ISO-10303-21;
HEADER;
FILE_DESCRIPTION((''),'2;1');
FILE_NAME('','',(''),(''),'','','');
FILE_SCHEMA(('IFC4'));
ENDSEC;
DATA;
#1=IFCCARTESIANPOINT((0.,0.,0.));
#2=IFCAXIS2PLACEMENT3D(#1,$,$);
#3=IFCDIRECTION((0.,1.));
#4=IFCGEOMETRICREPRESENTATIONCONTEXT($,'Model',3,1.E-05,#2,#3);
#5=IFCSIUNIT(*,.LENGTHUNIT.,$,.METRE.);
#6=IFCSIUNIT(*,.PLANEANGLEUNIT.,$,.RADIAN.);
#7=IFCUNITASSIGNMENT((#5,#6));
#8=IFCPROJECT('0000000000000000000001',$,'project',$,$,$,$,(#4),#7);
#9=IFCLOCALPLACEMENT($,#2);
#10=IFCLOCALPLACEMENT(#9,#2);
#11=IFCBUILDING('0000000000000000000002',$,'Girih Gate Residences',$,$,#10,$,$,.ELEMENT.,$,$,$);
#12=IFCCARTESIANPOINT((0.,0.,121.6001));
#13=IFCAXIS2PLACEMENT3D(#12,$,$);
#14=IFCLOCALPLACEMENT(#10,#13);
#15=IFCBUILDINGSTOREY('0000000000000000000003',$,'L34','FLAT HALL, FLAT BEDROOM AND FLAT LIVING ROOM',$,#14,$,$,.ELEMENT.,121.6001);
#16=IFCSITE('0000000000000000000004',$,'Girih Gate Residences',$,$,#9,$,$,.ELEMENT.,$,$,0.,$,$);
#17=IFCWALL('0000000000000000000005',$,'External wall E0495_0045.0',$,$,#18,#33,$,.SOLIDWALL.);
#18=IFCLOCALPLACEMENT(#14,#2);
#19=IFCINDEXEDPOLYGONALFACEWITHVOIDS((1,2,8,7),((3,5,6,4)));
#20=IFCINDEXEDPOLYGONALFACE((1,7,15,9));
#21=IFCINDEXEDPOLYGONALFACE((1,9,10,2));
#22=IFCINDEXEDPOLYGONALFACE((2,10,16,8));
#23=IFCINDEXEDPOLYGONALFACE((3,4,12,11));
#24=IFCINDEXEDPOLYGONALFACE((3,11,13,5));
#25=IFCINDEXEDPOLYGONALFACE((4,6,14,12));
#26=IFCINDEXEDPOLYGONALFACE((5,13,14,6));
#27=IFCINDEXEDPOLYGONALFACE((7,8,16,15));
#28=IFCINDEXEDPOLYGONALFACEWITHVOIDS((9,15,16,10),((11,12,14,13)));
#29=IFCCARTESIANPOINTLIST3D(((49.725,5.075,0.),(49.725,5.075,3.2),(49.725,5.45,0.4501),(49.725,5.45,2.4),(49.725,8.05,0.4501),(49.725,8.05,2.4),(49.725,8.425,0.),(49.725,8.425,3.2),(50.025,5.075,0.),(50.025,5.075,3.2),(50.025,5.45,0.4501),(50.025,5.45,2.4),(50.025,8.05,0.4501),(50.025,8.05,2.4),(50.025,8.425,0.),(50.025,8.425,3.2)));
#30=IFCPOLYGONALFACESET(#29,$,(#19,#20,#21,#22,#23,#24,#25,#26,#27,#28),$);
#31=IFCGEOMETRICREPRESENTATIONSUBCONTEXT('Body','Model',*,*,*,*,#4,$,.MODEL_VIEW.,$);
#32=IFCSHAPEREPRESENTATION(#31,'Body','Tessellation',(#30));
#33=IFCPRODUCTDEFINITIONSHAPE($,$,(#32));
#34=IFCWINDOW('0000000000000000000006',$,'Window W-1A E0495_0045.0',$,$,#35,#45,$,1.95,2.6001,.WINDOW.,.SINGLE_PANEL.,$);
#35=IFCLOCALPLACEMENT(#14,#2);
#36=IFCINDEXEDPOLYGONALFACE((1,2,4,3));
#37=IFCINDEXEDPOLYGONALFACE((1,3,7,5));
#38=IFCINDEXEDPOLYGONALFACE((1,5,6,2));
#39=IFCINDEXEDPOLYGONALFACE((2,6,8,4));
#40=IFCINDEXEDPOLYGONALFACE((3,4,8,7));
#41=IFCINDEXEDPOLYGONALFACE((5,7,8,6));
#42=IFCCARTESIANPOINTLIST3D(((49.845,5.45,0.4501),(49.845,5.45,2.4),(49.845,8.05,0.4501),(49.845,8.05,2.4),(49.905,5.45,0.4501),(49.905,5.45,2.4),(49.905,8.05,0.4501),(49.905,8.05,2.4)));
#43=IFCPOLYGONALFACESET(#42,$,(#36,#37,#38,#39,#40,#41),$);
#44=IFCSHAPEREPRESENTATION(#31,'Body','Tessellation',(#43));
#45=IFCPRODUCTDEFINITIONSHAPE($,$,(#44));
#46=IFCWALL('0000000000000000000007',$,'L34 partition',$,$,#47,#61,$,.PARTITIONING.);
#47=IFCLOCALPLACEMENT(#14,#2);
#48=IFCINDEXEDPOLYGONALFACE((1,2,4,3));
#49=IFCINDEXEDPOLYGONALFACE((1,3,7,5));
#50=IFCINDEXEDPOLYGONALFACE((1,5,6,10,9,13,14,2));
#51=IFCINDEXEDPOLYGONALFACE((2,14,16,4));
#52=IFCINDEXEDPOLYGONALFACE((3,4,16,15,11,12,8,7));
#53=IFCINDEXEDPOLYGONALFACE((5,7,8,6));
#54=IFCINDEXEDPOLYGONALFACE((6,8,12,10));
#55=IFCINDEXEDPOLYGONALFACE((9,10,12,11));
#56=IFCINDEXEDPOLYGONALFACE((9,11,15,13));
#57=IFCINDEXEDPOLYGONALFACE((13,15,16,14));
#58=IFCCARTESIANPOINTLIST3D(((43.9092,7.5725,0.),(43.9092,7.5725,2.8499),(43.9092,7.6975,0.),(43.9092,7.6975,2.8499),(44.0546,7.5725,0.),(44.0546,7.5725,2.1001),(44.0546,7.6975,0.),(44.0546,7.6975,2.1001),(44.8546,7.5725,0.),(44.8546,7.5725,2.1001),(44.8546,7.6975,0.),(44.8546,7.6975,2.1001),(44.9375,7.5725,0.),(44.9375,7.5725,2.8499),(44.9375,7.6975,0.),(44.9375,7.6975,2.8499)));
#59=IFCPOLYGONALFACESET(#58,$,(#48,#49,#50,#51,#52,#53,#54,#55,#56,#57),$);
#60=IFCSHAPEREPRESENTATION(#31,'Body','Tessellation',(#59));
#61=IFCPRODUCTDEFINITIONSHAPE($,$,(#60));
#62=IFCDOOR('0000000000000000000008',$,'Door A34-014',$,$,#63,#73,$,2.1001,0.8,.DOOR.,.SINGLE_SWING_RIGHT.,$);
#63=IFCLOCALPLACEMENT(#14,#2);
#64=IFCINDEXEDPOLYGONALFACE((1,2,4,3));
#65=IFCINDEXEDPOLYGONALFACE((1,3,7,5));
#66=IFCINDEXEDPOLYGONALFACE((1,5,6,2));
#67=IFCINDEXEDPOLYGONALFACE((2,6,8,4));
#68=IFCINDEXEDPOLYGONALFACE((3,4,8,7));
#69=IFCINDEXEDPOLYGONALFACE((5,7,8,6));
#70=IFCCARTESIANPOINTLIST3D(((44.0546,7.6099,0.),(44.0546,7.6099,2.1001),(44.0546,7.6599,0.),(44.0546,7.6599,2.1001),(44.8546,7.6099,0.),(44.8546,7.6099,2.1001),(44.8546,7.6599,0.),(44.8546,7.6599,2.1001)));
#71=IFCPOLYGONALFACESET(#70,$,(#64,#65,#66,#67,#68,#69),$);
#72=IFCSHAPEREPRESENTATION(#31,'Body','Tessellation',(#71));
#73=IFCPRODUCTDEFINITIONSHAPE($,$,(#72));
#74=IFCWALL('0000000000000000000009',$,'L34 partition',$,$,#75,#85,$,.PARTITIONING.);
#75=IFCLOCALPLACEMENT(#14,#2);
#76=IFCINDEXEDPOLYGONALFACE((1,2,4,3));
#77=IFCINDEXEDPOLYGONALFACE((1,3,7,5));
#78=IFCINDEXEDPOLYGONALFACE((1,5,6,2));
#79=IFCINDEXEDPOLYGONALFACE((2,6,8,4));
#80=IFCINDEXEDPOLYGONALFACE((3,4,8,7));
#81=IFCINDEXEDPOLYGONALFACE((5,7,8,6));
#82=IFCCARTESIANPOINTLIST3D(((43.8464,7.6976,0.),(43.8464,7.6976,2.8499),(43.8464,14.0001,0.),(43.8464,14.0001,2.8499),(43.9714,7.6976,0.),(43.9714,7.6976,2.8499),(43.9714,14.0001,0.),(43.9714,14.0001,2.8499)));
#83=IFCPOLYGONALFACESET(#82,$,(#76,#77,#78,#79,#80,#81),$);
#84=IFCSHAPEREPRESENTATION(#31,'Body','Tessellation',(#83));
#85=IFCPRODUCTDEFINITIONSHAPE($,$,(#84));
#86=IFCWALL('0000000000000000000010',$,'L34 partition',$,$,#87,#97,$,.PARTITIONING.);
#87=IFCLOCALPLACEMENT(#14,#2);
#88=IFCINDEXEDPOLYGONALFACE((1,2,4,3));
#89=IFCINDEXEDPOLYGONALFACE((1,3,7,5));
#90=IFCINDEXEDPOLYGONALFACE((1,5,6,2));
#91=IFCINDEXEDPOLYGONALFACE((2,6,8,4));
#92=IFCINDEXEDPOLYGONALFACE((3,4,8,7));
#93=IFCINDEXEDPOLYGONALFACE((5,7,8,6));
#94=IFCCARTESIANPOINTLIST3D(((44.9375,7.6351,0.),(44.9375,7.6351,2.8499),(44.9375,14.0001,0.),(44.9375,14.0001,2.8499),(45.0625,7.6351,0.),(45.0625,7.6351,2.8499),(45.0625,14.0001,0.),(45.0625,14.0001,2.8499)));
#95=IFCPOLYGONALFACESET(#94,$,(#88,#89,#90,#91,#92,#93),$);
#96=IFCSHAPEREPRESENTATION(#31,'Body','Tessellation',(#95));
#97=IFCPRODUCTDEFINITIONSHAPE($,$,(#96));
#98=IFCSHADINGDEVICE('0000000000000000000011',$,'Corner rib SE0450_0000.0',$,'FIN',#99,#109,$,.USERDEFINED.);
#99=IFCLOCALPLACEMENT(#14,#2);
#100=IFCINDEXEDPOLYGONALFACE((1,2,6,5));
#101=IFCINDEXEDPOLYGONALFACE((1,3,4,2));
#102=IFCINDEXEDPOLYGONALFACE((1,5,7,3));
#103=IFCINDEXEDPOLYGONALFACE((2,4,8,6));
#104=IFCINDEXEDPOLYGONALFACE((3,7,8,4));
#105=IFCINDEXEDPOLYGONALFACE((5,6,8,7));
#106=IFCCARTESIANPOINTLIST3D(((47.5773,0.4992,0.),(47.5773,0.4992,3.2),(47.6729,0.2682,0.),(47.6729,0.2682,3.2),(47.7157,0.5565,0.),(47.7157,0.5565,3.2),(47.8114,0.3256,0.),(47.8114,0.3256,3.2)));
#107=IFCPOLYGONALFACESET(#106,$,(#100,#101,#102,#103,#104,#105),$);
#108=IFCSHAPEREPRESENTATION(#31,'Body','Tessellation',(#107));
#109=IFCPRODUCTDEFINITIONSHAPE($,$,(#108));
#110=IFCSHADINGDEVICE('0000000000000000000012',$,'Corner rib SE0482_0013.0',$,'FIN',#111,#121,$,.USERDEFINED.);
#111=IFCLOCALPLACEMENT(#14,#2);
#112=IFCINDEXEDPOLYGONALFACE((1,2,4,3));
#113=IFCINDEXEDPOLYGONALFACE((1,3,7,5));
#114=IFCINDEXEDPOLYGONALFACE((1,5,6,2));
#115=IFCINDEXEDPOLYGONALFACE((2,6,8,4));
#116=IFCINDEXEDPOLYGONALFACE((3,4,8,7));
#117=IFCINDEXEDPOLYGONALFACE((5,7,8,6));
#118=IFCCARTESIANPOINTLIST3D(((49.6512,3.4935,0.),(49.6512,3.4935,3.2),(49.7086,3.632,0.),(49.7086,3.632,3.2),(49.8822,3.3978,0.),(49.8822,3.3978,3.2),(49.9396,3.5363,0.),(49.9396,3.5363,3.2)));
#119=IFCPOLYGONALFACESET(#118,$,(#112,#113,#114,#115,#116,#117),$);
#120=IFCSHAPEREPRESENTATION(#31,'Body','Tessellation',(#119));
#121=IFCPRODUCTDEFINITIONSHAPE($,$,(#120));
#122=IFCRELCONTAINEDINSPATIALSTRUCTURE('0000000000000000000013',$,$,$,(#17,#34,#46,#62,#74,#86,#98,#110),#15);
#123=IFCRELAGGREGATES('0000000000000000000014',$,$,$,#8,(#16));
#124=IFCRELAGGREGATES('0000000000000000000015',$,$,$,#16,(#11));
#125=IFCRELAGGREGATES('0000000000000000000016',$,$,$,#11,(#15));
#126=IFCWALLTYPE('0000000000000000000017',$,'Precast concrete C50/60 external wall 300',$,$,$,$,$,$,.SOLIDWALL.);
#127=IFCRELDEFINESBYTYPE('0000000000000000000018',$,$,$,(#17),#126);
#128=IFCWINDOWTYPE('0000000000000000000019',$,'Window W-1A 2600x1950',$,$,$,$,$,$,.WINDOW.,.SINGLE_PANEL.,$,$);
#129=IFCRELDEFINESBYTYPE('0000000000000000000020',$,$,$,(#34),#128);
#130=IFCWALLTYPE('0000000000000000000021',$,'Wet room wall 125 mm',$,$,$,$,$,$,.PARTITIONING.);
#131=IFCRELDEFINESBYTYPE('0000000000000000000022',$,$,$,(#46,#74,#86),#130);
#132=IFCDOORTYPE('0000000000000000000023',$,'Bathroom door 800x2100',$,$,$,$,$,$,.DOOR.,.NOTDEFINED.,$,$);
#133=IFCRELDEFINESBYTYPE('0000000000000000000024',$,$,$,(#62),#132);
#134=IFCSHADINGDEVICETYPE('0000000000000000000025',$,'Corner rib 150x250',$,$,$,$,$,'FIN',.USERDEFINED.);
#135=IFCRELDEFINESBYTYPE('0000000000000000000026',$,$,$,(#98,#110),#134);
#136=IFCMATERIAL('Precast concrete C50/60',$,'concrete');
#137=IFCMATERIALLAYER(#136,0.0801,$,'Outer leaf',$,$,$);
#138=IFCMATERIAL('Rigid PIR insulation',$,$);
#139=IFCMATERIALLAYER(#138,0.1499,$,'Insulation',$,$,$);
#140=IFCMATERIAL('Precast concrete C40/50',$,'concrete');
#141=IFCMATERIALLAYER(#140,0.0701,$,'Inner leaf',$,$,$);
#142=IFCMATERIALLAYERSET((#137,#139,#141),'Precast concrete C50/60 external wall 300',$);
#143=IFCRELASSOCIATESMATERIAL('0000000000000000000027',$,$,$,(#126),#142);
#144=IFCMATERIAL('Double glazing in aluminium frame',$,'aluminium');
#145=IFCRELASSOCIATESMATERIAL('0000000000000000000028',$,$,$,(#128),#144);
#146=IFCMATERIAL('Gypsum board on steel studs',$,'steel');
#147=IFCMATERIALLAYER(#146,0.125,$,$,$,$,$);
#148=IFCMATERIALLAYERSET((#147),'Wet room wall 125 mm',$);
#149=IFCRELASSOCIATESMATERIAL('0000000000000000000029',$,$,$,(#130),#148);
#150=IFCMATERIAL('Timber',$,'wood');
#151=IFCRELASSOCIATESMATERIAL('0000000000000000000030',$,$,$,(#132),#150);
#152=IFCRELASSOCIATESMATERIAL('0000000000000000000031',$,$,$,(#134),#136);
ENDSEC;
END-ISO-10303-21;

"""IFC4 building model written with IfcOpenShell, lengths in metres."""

from ifc_helpers import new_model, si_unit, direction, frame, frame_2d, origin, origin_2d, place, context, subcontext, project, spatial, rectangle, extrude, material, layer, layer_set, type_object, element, fill, save


model = new_model("IFC4")

# Units and contexts
model_context = context("Model", 3, precision=1e-05, world=origin(), true_north=direction((0.0, 1.0)))
body_context = subcontext(model_context, "Body", "Model", "MODEL_VIEW")
ifc_project = project(units=[si_unit("LENGTHUNIT", "METRE"), si_unit("PLANEANGLEUNIT", "RADIAN")], contexts=[model_context])

# Site, building, storey
site_placement = place(None, origin())
site = spatial("IfcSite", under=ifc_project, at=site_placement, Name="Girih Gate Residences", CompositionType="ELEMENT", RefElevation=0.0)
building_placement = place(site_placement, origin())
building = spatial("IfcBuilding", under=site, at=building_placement, Name="Girih Gate Residences", CompositionType="ELEMENT")
storey_placement = place(building_placement, frame((0.0, 0.0, 121.6001)))
storey = spatial("IfcBuildingStorey", under=building, at=storey_placement, Name="L34", Description="FLAT HALL, FLAT BEDROOM AND FLAT LIVING ROOM", CompositionType="ELEMENT", Elevation=121.6001)

# Shared definitions
ifc_material_1 = material(Name="Gypsum board on steel studs", Category="steel")
ifc_material_2 = material(Name="Timber", Category="wood")

# Wall, opening, window
ifc_material_3 = material(Name="Precast concrete C50/60", Category="concrete")
ifc_layer_1 = layer(ifc_material_3, 0.0801, Name="Outer leaf")
ifc_material_4 = material(Name="Rigid PIR insulation")
ifc_layer_2 = layer(ifc_material_4, 0.1499, Name="Insulation")
ifc_material_5 = material(Name="Precast concrete C40/50", Category="concrete")
ifc_layer_3 = layer(ifc_material_5, 0.0701, Name="Inner leaf")
ifc_layer_set_1 = layer_set([ifc_layer_1, ifc_layer_2, ifc_layer_3], Name="Precast concrete C50/60 external wall 300")
wall_type_1 = type_object("IfcWallType", Name="Precast concrete C50/60 external wall 300", PredefinedType="SOLIDWALL", material=ifc_layer_set_1)
ifc_material_6 = material(Name="Double glazing in aluminium frame", Category="aluminium")
window_type_1 = type_object("IfcWindowType", Name="Window W-1A 2600x1950", PartitioningType="SINGLE_PANEL", PredefinedType="WINDOW", material=ifc_material_6)
wall_1_placement = place(storey_placement, frame((49.875, 8.425, 0.0), z_axis=(0.0, 0.0, 1.0), x_axis=(0.0, -1.0, 0.0)))
wall_1 = element("IfcWall", 1, at=wall_1_placement, inside=storey, type_object=wall_type_1, Name="External wall E0495_0045.0", PredefinedType="SOLIDWALL", context=body_context, shape_type="SweptSolid", body=[
    extrude(rectangle(XDim=3.3501, YDim=0.3, at=frame_2d((1.675, 0.0))), origin(), (0.0, 0.0, 1.0), 3.2),
])
opening_1_placement = place(wall_1_placement, frame((0.375, 0.0, 0.45)))
opening_1 = element("IfcOpeningElement", 2, at=opening_1_placement, cuts=wall_1, PredefinedType="OPENING", context=body_context, shape_type="SweptSolid", body=[
    extrude(rectangle(XDim=2.6001, YDim=1.95, at=frame_2d((1.3, 0.9751))), frame((0.0, 0.1599, 0.0), z_axis=(0.0, -1.0, 0.0), x_axis=(1.0, 0.0, 0.0)), (0.0, 0.0, 1.0), 0.3201),
])
window_1_placement = place(opening_1_placement, origin())
window_1 = element("IfcWindow", 3, at=window_1_placement, inside=storey, type_object=window_type_1, Name="Window W-1A E0495_0045.0", OverallHeight=1.95, OverallWidth=2.6001, PartitioningType="SINGLE_PANEL", PredefinedType="WINDOW", context=body_context, shape_type="SweptSolid", body=[
    extrude(rectangle(XDim=2.6001, YDim=1.95, at=frame_2d((1.3, 0.9751))), frame((0.0, 0.03, 0.0), z_axis=(0.0, -1.0, 0.0), x_axis=(1.0, 0.0, 0.0)), (0.0, 0.0, 1.0), 0.0601),
])
fill(opening_1, window_1)

# Wall, opening, door
ifc_layer_4 = layer(ifc_material_1, 0.125)
ifc_layer_set_2 = layer_set([ifc_layer_4], Name="Wet room wall 125 mm")
wall_type_2 = type_object("IfcWallType", Name="Wet room wall 125 mm", PredefinedType="PARTITIONING", material=ifc_layer_set_2)
wall_2_placement = place(storey_placement, frame((43.9092, 7.635, 0.0), z_axis=(0.0, 0.0, 1.0), x_axis=(1.0, 0.0, 0.0)))
wall_2 = element("IfcWall", 4, at=wall_2_placement, inside=storey, type_object=wall_type_2, Name="L34 partition", PredefinedType="PARTITIONING", context=body_context, shape_type="SweptSolid", body=[
    extrude(rectangle(XDim=1.0283, YDim=0.125, at=frame_2d((0.5142, 0.0))), origin(), (0.0, 0.0, 1.0), 2.8499),
])
opening_2_placement = place(wall_2_placement, frame((0.1455, 0.0, 0.0)))
opening_2 = element("IfcOpeningElement", 5, at=opening_2_placement, cuts=wall_2, PredefinedType="OPENING", context=body_context, shape_type="SweptSolid", body=[
    extrude(rectangle(XDim=0.8, YDim=2.1001, at=frame_2d((0.3999, 1.05))), frame((0.0, 0.0725, 0.0), z_axis=(0.0, -1.0, 0.0), x_axis=(1.0, 0.0, 0.0)), (0.0, 0.0, 1.0), 0.145),
])
door_type_1 = type_object("IfcDoorType", Name="Bathroom door 800x2100", OperationType="NOTDEFINED", PredefinedType="DOOR", material=ifc_material_2)
door_1_placement = place(opening_2_placement, origin())
door_1 = element("IfcDoor", 6, at=door_1_placement, inside=storey, type_object=door_type_1, Name="Door A34-014", OperationType="SINGLE_SWING_RIGHT", OverallHeight=2.1001, OverallWidth=0.8, PredefinedType="DOOR", context=body_context, shape_type="SweptSolid", body=[
    extrude(rectangle(XDim=0.8, YDim=2.1001, at=frame_2d((0.3999, 1.05))), frame((0.0, 0.0249, 0.0), z_axis=(0.0, -1.0, 0.0), x_axis=(1.0, 0.0, 0.0)), (0.0, 0.0, 1.0), 0.05),
])
fill(opening_2, door_1)

# Walls
wall_3_placement = place(storey_placement, frame((43.9089, 7.6975, 0.0), z_axis=(0.0, 0.0, 1.0), x_axis=(0.0, 1.0, 0.0)))
element("IfcWall", 7, at=wall_3_placement, inside=storey, type_object=wall_type_2, Name="L34 partition", PredefinedType="PARTITIONING", context=body_context, shape_type="SweptSolid", body=[
    extrude(rectangle(XDim=6.3025, YDim=0.125, at=frame_2d((3.1514, 0.0))), origin(), (0.0, 0.0, 1.0), 2.8499),
])
wall_4_placement = place(storey_placement, frame((45.0, 7.635, 0.0), z_axis=(0.0, 0.0, 1.0), x_axis=(0.0, 1.0, 0.0)))
element("IfcWall", 8, at=wall_4_placement, inside=storey, type_object=wall_type_2, Name="L34 partition", PredefinedType="PARTITIONING", context=body_context, shape_type="SweptSolid", body=[
    extrude(rectangle(XDim=6.365, YDim=0.125, at=frame_2d((3.1826, 0.0))), origin(), (0.0, 0.0, 1.0), 2.8499),
])

# Shading devices
shading_device_type = type_object("IfcShadingDeviceType", Name="Corner rib 150x250", ElementType="FIN", PredefinedType="USERDEFINED", material=ifc_material_3)
for number, where, z_axis, x_axis, name in (
    (9, (47.6943, 0.4124, 0.0), (0.0, 0.0, 1.0), (0.92388, 0.382683, 0.0), "Corner rib SE0450_0000.0"),
    (10, (49.7954, 3.5149, 0.0), (0.0, 0.0, 1.0), (0.382683, 0.92388, 0.0), "Corner rib SE0482_0013.0"),
):
    element("IfcShadingDevice", number, at=place(storey_placement, frame(where, z_axis=z_axis, x_axis=x_axis)), inside=storey, type_object=shading_device_type, Name=name, ObjectType="FIN", PredefinedType="USERDEFINED", context=body_context, shape_type="SweptSolid", body=[
        extrude(rectangle(XDim=0.1499, YDim=0.25, at=origin_2d()), origin(), (0.0, 0.0, 1.0), 3.2),
    ])

save(model, "model.ifc")
